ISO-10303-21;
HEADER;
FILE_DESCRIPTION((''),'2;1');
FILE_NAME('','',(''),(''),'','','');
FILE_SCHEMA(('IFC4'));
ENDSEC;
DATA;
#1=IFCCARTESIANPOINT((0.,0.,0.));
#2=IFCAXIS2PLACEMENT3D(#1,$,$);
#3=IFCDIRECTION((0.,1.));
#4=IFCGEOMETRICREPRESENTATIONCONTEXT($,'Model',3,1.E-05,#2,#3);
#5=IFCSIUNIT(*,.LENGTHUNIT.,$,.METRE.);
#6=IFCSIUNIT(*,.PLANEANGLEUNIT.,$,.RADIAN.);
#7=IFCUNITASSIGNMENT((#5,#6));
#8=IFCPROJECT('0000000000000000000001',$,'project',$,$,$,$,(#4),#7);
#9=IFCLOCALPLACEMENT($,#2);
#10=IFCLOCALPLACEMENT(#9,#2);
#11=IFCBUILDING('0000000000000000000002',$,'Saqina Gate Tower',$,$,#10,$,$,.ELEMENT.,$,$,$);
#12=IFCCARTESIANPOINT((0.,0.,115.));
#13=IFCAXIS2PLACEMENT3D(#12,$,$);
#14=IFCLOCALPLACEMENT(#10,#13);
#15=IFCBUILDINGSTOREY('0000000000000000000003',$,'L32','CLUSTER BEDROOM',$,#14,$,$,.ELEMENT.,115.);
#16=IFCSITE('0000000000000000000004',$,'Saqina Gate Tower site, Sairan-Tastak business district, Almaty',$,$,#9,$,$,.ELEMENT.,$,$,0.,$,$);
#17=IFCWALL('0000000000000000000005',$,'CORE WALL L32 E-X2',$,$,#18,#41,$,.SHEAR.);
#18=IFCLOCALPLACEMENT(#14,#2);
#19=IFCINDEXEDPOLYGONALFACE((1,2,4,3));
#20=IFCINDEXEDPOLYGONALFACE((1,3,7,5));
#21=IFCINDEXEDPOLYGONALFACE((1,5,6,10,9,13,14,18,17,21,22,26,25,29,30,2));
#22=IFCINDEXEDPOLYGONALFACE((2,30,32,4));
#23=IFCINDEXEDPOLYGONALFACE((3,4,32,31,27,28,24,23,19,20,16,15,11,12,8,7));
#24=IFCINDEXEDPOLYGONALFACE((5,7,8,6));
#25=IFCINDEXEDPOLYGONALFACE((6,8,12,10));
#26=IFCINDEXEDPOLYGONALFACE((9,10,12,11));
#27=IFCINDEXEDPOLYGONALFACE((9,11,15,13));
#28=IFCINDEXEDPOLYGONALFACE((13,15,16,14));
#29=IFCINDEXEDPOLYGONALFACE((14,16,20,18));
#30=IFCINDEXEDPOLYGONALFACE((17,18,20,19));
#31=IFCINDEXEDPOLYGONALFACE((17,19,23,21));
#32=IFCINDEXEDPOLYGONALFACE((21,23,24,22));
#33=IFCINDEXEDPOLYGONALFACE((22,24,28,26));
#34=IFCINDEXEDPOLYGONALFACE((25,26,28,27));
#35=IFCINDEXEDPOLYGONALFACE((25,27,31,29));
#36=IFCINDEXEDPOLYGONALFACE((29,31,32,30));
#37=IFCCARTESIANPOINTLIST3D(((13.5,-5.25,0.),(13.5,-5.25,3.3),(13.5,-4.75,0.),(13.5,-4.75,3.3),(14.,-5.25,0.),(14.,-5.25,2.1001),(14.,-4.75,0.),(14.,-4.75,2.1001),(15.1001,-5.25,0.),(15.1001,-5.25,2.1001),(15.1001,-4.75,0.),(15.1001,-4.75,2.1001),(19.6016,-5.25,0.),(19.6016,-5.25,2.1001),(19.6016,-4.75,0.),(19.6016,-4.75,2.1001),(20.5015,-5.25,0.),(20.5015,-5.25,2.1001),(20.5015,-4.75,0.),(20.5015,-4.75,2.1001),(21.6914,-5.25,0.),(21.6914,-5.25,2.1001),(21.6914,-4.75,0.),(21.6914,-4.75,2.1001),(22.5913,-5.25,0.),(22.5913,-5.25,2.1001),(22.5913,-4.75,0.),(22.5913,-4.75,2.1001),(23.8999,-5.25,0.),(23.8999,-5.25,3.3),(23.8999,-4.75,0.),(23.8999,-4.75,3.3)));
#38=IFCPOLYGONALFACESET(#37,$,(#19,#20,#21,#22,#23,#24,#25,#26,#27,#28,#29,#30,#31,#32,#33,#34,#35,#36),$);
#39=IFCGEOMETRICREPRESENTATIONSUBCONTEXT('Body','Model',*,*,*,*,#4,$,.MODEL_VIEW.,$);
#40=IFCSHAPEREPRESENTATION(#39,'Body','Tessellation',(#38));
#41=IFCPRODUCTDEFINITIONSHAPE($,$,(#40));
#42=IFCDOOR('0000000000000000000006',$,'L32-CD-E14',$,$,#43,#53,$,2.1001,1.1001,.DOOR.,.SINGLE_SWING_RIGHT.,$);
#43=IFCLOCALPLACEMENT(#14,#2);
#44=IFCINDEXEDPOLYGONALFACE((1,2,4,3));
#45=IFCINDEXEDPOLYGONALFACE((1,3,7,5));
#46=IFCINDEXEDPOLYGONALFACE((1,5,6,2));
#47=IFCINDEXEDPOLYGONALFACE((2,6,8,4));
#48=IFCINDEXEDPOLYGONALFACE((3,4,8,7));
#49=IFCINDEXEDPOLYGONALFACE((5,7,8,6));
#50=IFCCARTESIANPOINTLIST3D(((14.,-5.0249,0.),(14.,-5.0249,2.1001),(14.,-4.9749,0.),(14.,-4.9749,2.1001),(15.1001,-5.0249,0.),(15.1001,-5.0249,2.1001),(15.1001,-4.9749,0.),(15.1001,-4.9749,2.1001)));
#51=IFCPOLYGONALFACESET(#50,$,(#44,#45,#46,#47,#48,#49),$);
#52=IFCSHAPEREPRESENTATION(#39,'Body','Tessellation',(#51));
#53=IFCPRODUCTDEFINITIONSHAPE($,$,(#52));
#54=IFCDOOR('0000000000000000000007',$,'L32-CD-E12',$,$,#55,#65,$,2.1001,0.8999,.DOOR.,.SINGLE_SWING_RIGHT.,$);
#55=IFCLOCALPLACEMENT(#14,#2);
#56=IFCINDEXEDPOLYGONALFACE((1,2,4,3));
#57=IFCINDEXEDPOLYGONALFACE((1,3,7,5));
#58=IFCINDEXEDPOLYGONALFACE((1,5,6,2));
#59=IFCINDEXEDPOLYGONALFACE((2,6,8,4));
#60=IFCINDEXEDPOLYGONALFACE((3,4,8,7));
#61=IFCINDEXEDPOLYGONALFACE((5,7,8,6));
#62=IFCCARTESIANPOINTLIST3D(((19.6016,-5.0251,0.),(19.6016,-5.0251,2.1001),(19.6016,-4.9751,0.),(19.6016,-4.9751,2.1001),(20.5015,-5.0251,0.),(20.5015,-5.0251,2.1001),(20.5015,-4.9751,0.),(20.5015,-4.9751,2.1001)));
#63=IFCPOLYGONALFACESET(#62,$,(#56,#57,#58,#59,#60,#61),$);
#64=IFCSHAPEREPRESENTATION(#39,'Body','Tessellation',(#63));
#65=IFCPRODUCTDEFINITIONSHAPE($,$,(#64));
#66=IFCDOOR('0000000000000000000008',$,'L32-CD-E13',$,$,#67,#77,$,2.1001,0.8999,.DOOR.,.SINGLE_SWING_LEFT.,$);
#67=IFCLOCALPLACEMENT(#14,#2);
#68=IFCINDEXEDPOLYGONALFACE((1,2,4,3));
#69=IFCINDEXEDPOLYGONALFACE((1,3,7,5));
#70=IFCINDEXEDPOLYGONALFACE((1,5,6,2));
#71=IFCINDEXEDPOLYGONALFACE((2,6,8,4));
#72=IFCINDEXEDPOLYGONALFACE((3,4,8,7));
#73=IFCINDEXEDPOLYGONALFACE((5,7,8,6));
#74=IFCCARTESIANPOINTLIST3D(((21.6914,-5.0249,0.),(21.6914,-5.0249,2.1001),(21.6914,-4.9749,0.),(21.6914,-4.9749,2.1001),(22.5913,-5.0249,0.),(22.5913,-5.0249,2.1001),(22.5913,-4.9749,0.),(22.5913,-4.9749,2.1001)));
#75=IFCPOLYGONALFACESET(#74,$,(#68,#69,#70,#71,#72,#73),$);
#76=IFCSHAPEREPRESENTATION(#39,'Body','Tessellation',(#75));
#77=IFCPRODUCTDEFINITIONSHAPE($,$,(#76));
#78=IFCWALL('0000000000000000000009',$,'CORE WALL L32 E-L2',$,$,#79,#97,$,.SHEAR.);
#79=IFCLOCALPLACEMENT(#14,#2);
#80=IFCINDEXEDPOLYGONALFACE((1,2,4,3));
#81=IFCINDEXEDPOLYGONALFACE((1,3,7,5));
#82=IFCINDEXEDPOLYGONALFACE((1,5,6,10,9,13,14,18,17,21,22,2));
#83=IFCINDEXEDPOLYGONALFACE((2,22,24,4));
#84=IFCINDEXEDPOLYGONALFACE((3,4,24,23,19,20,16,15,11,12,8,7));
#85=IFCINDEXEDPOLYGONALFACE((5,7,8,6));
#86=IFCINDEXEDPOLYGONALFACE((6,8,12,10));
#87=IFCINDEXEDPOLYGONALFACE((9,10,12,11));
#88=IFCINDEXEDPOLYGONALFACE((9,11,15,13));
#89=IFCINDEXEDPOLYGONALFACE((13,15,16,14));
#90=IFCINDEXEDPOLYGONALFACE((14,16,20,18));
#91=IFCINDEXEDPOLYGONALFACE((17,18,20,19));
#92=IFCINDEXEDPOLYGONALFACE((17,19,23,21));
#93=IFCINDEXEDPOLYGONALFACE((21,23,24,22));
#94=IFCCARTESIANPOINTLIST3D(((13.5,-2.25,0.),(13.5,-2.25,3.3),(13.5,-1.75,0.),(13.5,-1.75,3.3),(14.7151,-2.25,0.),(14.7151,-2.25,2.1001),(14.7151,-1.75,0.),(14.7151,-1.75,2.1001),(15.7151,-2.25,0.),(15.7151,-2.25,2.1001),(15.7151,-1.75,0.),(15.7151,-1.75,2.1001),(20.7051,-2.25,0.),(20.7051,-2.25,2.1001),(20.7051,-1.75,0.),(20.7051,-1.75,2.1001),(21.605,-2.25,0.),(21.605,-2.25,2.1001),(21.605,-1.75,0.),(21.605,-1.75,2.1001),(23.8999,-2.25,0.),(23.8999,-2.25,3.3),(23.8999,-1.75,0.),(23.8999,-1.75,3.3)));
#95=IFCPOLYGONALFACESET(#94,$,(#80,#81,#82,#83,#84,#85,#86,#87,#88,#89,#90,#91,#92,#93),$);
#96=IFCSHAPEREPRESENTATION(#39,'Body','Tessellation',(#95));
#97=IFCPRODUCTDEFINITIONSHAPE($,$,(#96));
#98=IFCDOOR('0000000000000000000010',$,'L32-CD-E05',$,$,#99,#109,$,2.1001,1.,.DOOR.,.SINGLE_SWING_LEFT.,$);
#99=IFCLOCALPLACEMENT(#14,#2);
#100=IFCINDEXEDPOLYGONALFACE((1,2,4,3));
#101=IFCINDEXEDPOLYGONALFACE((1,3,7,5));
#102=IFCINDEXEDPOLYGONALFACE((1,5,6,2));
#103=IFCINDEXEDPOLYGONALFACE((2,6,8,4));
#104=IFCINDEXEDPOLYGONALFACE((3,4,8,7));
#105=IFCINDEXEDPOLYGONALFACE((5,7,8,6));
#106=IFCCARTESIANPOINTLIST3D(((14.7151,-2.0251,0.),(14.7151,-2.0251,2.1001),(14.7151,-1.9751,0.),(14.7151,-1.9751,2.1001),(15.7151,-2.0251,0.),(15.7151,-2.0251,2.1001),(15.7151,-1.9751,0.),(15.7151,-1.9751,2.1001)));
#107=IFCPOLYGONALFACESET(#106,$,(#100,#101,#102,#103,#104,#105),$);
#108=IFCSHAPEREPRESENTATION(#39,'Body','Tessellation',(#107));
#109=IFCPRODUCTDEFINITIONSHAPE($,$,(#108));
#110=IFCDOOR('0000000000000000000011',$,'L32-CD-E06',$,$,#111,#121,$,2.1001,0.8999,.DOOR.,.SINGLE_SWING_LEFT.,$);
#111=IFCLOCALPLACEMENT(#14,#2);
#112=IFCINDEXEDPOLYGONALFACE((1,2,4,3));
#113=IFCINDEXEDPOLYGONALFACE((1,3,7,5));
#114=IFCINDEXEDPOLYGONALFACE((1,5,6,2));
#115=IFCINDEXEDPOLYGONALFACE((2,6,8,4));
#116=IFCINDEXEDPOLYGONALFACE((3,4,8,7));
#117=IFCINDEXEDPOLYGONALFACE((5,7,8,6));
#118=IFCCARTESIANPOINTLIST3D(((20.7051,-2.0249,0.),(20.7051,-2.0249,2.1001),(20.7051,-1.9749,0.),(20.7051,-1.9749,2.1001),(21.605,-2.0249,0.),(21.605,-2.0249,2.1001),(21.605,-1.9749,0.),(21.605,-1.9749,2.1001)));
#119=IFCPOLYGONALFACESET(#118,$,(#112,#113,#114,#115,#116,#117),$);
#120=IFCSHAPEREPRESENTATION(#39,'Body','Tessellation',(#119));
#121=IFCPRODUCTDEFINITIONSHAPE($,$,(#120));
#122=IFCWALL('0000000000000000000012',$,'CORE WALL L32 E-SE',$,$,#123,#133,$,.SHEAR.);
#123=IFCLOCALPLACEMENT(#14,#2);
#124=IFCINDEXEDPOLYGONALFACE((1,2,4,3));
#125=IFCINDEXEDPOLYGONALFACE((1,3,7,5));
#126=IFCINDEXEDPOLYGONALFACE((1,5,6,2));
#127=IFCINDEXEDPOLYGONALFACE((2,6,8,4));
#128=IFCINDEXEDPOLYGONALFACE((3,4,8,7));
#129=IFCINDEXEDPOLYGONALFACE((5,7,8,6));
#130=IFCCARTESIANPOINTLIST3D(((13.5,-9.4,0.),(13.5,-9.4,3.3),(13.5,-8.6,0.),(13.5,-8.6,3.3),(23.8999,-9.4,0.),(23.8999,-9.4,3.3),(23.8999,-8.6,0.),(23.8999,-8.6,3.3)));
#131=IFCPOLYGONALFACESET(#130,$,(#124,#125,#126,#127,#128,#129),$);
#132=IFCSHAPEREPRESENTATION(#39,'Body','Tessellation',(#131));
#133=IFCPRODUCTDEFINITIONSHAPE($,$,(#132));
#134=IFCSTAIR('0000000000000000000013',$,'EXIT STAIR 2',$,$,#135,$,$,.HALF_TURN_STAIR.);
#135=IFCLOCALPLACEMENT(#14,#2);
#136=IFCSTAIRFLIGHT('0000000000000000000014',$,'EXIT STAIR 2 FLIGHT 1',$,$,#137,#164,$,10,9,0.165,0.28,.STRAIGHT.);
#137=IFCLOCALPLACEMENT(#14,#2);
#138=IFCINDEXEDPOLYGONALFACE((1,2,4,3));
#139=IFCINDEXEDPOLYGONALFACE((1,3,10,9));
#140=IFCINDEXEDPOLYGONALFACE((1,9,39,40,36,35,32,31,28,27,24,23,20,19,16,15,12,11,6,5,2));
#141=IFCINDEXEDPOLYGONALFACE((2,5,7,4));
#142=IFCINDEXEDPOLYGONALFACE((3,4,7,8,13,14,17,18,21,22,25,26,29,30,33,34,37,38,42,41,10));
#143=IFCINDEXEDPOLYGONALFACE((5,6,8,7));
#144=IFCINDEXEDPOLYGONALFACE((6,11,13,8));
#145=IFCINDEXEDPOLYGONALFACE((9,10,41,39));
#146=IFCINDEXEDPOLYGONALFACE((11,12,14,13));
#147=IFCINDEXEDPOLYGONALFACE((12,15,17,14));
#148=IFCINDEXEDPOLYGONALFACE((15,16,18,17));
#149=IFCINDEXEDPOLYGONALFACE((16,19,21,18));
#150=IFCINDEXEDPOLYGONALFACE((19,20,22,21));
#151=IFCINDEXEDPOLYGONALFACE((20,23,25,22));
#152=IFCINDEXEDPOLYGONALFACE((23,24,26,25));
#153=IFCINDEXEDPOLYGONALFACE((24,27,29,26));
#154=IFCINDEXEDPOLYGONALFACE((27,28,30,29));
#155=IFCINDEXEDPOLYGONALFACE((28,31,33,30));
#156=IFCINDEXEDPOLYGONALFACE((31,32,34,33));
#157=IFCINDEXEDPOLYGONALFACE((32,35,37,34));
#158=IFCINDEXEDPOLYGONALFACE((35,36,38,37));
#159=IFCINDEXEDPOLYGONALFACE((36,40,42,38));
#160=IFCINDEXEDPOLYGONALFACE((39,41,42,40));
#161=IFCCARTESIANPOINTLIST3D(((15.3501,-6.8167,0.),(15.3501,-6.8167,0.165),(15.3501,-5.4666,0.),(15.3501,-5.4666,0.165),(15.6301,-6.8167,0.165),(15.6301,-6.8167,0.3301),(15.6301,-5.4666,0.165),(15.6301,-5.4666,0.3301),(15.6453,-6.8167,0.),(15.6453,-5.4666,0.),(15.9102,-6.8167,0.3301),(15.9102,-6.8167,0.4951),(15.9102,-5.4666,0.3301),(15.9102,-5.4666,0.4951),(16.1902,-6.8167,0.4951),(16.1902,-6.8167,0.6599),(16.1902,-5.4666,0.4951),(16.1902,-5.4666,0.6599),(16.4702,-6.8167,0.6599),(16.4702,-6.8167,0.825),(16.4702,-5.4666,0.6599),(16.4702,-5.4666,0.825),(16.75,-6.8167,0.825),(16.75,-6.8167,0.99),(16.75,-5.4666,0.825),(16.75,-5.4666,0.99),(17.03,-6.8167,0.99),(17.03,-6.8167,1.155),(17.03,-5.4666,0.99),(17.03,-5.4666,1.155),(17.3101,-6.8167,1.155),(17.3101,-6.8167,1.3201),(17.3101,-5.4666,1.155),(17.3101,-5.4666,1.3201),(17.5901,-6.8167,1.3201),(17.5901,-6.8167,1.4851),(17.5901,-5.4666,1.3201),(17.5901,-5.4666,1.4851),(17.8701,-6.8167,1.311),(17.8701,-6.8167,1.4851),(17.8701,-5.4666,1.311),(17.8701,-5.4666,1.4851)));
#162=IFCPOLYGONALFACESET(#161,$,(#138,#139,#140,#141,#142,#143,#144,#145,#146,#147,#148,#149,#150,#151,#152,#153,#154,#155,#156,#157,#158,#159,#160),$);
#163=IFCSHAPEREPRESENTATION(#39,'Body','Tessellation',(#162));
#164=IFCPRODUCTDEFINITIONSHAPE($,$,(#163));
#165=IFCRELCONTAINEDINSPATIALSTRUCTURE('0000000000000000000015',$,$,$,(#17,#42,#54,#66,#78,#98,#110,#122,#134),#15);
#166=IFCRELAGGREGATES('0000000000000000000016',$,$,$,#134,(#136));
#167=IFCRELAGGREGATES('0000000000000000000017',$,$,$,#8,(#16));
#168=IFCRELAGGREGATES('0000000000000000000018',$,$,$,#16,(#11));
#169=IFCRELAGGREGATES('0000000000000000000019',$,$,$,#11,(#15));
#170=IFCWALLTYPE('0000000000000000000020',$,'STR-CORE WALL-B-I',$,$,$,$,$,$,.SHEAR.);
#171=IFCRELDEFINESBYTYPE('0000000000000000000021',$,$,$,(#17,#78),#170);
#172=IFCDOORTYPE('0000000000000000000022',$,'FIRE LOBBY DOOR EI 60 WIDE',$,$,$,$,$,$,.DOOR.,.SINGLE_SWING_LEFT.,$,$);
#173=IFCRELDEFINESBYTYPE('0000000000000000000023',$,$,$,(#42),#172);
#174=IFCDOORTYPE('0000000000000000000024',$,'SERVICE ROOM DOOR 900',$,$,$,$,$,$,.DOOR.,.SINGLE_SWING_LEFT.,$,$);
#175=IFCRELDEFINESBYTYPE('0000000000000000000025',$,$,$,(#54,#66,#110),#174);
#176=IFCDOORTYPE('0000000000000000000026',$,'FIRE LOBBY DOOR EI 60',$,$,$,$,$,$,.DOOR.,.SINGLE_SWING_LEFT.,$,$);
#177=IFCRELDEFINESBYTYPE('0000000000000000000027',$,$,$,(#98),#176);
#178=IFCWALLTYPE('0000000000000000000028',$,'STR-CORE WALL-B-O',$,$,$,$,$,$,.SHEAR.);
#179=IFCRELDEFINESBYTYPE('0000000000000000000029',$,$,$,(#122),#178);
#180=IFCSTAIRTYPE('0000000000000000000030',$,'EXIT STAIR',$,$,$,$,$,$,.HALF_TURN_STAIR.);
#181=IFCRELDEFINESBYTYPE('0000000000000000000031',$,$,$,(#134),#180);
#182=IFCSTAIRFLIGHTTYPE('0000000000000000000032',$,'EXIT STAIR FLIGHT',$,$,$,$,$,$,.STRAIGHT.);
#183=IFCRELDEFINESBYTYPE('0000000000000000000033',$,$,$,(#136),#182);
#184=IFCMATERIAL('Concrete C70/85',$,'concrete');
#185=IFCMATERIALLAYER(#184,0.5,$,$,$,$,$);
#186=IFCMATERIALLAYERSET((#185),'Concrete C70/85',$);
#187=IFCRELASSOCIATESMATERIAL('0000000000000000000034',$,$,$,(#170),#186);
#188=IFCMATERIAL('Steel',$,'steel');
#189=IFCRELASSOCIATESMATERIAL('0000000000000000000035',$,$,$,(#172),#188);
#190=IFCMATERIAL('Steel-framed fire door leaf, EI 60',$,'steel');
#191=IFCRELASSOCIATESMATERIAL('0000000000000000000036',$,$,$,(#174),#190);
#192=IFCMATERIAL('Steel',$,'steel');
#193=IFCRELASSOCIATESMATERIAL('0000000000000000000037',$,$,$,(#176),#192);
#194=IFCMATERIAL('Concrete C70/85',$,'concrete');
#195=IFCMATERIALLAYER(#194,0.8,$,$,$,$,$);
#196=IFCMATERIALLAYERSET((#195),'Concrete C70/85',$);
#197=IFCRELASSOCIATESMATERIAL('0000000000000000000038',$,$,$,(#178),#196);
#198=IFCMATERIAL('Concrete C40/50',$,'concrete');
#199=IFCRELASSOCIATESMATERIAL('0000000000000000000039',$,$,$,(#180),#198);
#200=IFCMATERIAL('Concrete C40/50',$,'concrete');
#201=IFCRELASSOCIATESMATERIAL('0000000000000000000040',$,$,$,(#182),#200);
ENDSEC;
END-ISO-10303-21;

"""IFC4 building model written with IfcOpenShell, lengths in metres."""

from ifc_helpers import new_model, si_unit, direction, frame, frame_2d, origin, place, context, subcontext, project, spatial, polyline, rectangle, outline, extrude, material, layer, layer_set, type_object, element, fill, aggregate, save


model = new_model("IFC4")

# Units and contexts
model_context = context("Model", 3, precision=1e-05, world=origin(), true_north=direction((0.0, 1.0)))
body_context = subcontext(model_context, "Body", "Model", "MODEL_VIEW")
ifc_project = project(units=[si_unit("LENGTHUNIT", "METRE"), si_unit("PLANEANGLEUNIT", "RADIAN")], contexts=[model_context])

# Site, building, storey
site_placement = place(None, origin())
site = spatial("IfcSite", under=ifc_project, at=site_placement, Name="Saqina Gate Tower site, Sairan-Tastak business district, Almaty", CompositionType="ELEMENT", RefElevation=0.0)
building_placement = place(site_placement, origin())
building = spatial("IfcBuilding", under=site, at=building_placement, Name="Saqina Gate Tower", CompositionType="ELEMENT")
storey_placement = place(building_placement, frame((0.0, 0.0, 115.0)))
storey = spatial("IfcBuildingStorey", under=building, at=storey_placement, Name="L32", Description="CLUSTER BEDROOM", CompositionType="ELEMENT", Elevation=115.0)

# Walls, openings, doors
ifc_material_1 = material(Name="Concrete C70/85", Category="concrete")
ifc_layer_1 = layer(ifc_material_1, 0.5)
ifc_layer_set_1 = layer_set([ifc_layer_1], Name="Concrete C70/85")
wall_type_1 = type_object("IfcWallType", Name="STR-CORE WALL-B-I", PredefinedType="SHEAR", material=ifc_layer_set_1)
wall_1_placement = place(storey_placement, frame((13.5, -5.0, 0.0), z_axis=(0.0, 0.0, 1.0), x_axis=(1.0, 0.0, 0.0)))
wall_1 = element("IfcWall", 1, at=wall_1_placement, inside=storey, type_object=wall_type_1, Name="CORE WALL L32 E-X2", PredefinedType="SHEAR", context=body_context, shape_type="SweptSolid", body=[
    extrude(rectangle(XDim=10.3999, YDim=0.5, at=frame_2d((5.2, 0.0))), origin(), (0.0, 0.0, 1.0), 3.3),
])
opening_1_placement = place(wall_1_placement, frame((6.1016, 0.0, 0.0)))
opening_1 = element("IfcOpeningElement", 2, at=opening_1_placement, cuts=wall_1, PredefinedType="OPENING", context=body_context, shape_type="SweptSolid", body=[
    extrude(rectangle(XDim=0.8999, YDim=2.1001, at=frame_2d((0.45, 1.05))), frame((0.0, 0.262, 0.0), z_axis=(0.0, -1.0, 0.0), x_axis=(1.0, 0.0, 0.0)), (0.0, 0.0, 1.0), 0.5239),
])
opening_2_placement = place(wall_1_placement, frame((8.1914, 0.0, 0.0)))
opening_2 = element("IfcOpeningElement", 3, at=opening_2_placement, cuts=wall_1, PredefinedType="OPENING", context=body_context, shape_type="SweptSolid", body=[
    extrude(rectangle(XDim=0.8999, YDim=2.1001, at=frame_2d((0.45, 1.05))), frame((0.0, 0.262, 0.0), z_axis=(0.0, -1.0, 0.0), x_axis=(1.0, 0.0, 0.0)), (0.0, 0.0, 1.0), 0.5239),
])
opening_3_placement = place(wall_1_placement, frame((0.5, 0.0, 0.0)))
opening_3 = element("IfcOpeningElement", 4, at=opening_3_placement, cuts=wall_1, PredefinedType="OPENING", context=body_context, shape_type="SweptSolid", body=[
    extrude(rectangle(XDim=1.1001, YDim=2.1001, at=frame_2d((0.55, 1.05))), frame((0.0, 0.262, 0.0), z_axis=(0.0, -1.0, 0.0), x_axis=(1.0, 0.0, 0.0)), (0.0, 0.0, 1.0), 0.5239),
])
ifc_material_2 = material(Name="Steel", Category="steel")
door_type_1 = type_object("IfcDoorType", Name="FIRE LOBBY DOOR EI 60 WIDE", OperationType="SINGLE_SWING_LEFT", PredefinedType="DOOR", material=ifc_material_2)
door_1_placement = place(opening_3_placement, frame((1.1001, 0.0, 0.0), z_axis=(0.0, 0.0, 1.0), x_axis=(-1.0, 0.0, 0.0)))
door_1 = element("IfcDoor", 5, at=door_1_placement, inside=storey, type_object=door_type_1, Name="L32-CD-E14", OperationType="SINGLE_SWING_RIGHT", OverallHeight=2.1001, OverallWidth=1.1001, PredefinedType="DOOR", context=body_context, shape_type="SweptSolid", body=[
    extrude(rectangle(XDim=1.1001, YDim=2.1001, at=frame_2d((0.55, 1.05))), frame((0.0, 0.0249, 0.0), z_axis=(0.0, -1.0, 0.0), x_axis=(1.0, 0.0, 0.0)), (0.0, 0.0, 1.0), 0.05),
])
fill(opening_3, door_1)
ifc_material_3 = material(Name="Steel-framed fire door leaf, EI 60", Category="steel")
door_type_2 = type_object("IfcDoorType", Name="SERVICE ROOM DOOR 900", OperationType="SINGLE_SWING_LEFT", PredefinedType="DOOR", material=ifc_material_3)
door_2_placement = place(opening_1_placement, origin())
door_2 = element("IfcDoor", 6, at=door_2_placement, inside=storey, type_object=door_type_2, Name="L32-CD-E12", OperationType="SINGLE_SWING_RIGHT", OverallHeight=2.1001, OverallWidth=0.8999, PredefinedType="DOOR", context=body_context, shape_type="SweptSolid", body=[
    extrude(rectangle(XDim=0.8999, YDim=2.1001, at=frame_2d((0.45, 1.05))), frame((0.0, 0.0249, 0.0), z_axis=(0.0, -1.0, 0.0), x_axis=(1.0, 0.0, 0.0)), (0.0, 0.0, 1.0), 0.05),
])
fill(opening_1, door_2)
door_3_placement = place(opening_2_placement, frame((0.8999, 0.0, 0.0), z_axis=(0.0, 0.0, 1.0), x_axis=(-1.0, 0.0, 0.0)))
door_3 = element("IfcDoor", 7, at=door_3_placement, inside=storey, type_object=door_type_2, Name="L32-CD-E13", OperationType="SINGLE_SWING_LEFT", OverallHeight=2.1001, OverallWidth=0.8999, PredefinedType="DOOR", context=body_context, shape_type="SweptSolid", body=[
    extrude(rectangle(XDim=0.8999, YDim=2.1001, at=frame_2d((0.45, 1.05))), frame((0.0, 0.0249, 0.0), z_axis=(0.0, -1.0, 0.0), x_axis=(1.0, 0.0, 0.0)), (0.0, 0.0, 1.0), 0.05),
])
fill(opening_2, door_3)
wall_2_placement = place(storey_placement, frame((13.5, -2.0, 0.0), z_axis=(0.0, 0.0, 1.0), x_axis=(1.0, 0.0, 0.0)))
wall_2 = element("IfcWall", 8, at=wall_2_placement, inside=storey, type_object=wall_type_1, Name="CORE WALL L32 E-L2", PredefinedType="SHEAR", context=body_context, shape_type="SweptSolid", body=[
    extrude(rectangle(XDim=10.3999, YDim=0.5, at=frame_2d((5.2, 0.0))), origin(), (0.0, 0.0, 1.0), 3.3),
])
opening_4_placement = place(wall_2_placement, frame((1.2151, 0.0, 0.0)))
opening_4 = element("IfcOpeningElement", 9, at=opening_4_placement, cuts=wall_2, PredefinedType="OPENING", context=body_context, shape_type="SweptSolid", body=[
    extrude(rectangle(XDim=1.0, YDim=2.1001, at=frame_2d((0.5, 1.05))), frame((0.0, 0.262, 0.0), z_axis=(0.0, -1.0, 0.0), x_axis=(1.0, 0.0, 0.0)), (0.0, 0.0, 1.0), 0.5239),
])
opening_5_placement = place(wall_2_placement, frame((7.2051, 0.0, 0.0)))
opening_5 = element("IfcOpeningElement", 10, at=opening_5_placement, cuts=wall_2, PredefinedType="OPENING", context=body_context, shape_type="SweptSolid", body=[
    extrude(rectangle(XDim=0.8999, YDim=2.1001, at=frame_2d((0.45, 1.05))), frame((0.0, 0.262, 0.0), z_axis=(0.0, -1.0, 0.0), x_axis=(1.0, 0.0, 0.0)), (0.0, 0.0, 1.0), 0.5239),
])
ifc_material_4 = material(Name="Steel", Category="steel")
door_type_3 = type_object("IfcDoorType", Name="FIRE LOBBY DOOR EI 60", OperationType="SINGLE_SWING_LEFT", PredefinedType="DOOR", material=ifc_material_4)
door_4_placement = place(opening_4_placement, origin())
door_4 = element("IfcDoor", 11, at=door_4_placement, inside=storey, type_object=door_type_3, Name="L32-CD-E05", OperationType="SINGLE_SWING_LEFT", OverallHeight=2.1001, OverallWidth=1.0, PredefinedType="DOOR", context=body_context, shape_type="SweptSolid", body=[
    extrude(rectangle(XDim=1.0, YDim=2.1001, at=frame_2d((0.5, 1.05))), frame((0.0, 0.0249, 0.0), z_axis=(0.0, -1.0, 0.0), x_axis=(1.0, 0.0, 0.0)), (0.0, 0.0, 1.0), 0.05),
])
fill(opening_4, door_4)
door_5_placement = place(opening_5_placement, frame((0.8999, 0.0, 0.0), z_axis=(0.0, 0.0, 1.0), x_axis=(-1.0, 0.0, 0.0)))
door_5 = element("IfcDoor", 12, at=door_5_placement, inside=storey, type_object=door_type_2, Name="L32-CD-E06", OperationType="SINGLE_SWING_LEFT", OverallHeight=2.1001, OverallWidth=0.8999, PredefinedType="DOOR", context=body_context, shape_type="SweptSolid", body=[
    extrude(rectangle(XDim=0.8999, YDim=2.1001, at=frame_2d((0.45, 1.05))), frame((0.0, 0.0249, 0.0), z_axis=(0.0, -1.0, 0.0), x_axis=(1.0, 0.0, 0.0)), (0.0, 0.0, 1.0), 0.05),
])
fill(opening_5, door_5)
ifc_material_5 = material(Name="Concrete C70/85", Category="concrete")
ifc_layer_2 = layer(ifc_material_5, 0.8)
ifc_layer_set_2 = layer_set([ifc_layer_2], Name="Concrete C70/85")
wall_type_2 = type_object("IfcWallType", Name="STR-CORE WALL-B-O", PredefinedType="SHEAR", material=ifc_layer_set_2)

# Wall
wall_3_placement = place(storey_placement, frame((13.5, -9.0, 0.0), z_axis=(0.0, 0.0, 1.0), x_axis=(1.0, 0.0, 0.0)))
element("IfcWall", 13, at=wall_3_placement, inside=storey, type_object=wall_type_2, Name="CORE WALL L32 E-SE", PredefinedType="SHEAR", context=body_context, shape_type="SweptSolid", body=[
    extrude(rectangle(XDim=10.3999, YDim=0.8, at=frame_2d((5.2, 0.0))), origin(), (0.0, 0.0, 1.0), 3.3),
])

# Stair, stair flight
ifc_material_6 = material(Name="Concrete C40/50", Category="concrete")
stair_type = type_object("IfcStairType", Name="EXIT STAIR", PredefinedType="HALF_TURN_STAIR", material=ifc_material_6)
stair_placement = place(storey_placement, origin())
stair = element("IfcStair", 14, at=stair_placement, inside=storey, type_object=stair_type, Name="EXIT STAIR 2", PredefinedType="HALF_TURN_STAIR")
ifc_material_7 = material(Name="Concrete C40/50", Category="concrete")
stair_flight_type = type_object("IfcStairFlightType", Name="EXIT STAIR FLIGHT", PredefinedType="STRAIGHT", material=ifc_material_7)
stair_flight_placement = place(storey_placement, frame((15.3501, -6.1416, 0.0), z_axis=(0.0, 0.0, 1.0), x_axis=(1.0, 0.0, 0.0)))
stair_flight = element("IfcStairFlight", 15, at=stair_flight_placement, type_object=stair_flight_type, Name="EXIT STAIR 2 FLIGHT 1", NumberOfRisers=10, NumberOfTreads=9, PredefinedType="STRAIGHT", RiserHeight=0.165, TreadLength=0.28, context=body_context, shape_type="SweptSolid", body=[
    extrude(outline(polyline([(0.0, 0.0), (0.0, 0.165), (0.28, 0.165), (0.28, 0.3301), (0.5601, 0.3301), (0.5601, 0.4951), (0.8401, 0.4951), (0.8401, 0.6599), (1.1201, 0.6599), (1.1201, 0.825), (1.3999, 0.825), (1.3999, 0.99), (1.6799, 0.99), (1.6799, 1.155), (1.96, 1.155), (1.96, 1.3201), (2.24, 1.3201), (2.24, 1.4851), (2.52, 1.4851), (2.52, 1.6499), (2.52, 1.311), (0.2952, 0.0), (0.0, 0.0)])), frame((0.0, 0.675, 0.0), z_axis=(0.0, -1.0, 0.0), x_axis=(1.0, 0.0, 0.0)), (0.0, 0.0, 1.0), 1.3501),
])
aggregate(stair, [stair_flight])

save(model, "model.ifc")
